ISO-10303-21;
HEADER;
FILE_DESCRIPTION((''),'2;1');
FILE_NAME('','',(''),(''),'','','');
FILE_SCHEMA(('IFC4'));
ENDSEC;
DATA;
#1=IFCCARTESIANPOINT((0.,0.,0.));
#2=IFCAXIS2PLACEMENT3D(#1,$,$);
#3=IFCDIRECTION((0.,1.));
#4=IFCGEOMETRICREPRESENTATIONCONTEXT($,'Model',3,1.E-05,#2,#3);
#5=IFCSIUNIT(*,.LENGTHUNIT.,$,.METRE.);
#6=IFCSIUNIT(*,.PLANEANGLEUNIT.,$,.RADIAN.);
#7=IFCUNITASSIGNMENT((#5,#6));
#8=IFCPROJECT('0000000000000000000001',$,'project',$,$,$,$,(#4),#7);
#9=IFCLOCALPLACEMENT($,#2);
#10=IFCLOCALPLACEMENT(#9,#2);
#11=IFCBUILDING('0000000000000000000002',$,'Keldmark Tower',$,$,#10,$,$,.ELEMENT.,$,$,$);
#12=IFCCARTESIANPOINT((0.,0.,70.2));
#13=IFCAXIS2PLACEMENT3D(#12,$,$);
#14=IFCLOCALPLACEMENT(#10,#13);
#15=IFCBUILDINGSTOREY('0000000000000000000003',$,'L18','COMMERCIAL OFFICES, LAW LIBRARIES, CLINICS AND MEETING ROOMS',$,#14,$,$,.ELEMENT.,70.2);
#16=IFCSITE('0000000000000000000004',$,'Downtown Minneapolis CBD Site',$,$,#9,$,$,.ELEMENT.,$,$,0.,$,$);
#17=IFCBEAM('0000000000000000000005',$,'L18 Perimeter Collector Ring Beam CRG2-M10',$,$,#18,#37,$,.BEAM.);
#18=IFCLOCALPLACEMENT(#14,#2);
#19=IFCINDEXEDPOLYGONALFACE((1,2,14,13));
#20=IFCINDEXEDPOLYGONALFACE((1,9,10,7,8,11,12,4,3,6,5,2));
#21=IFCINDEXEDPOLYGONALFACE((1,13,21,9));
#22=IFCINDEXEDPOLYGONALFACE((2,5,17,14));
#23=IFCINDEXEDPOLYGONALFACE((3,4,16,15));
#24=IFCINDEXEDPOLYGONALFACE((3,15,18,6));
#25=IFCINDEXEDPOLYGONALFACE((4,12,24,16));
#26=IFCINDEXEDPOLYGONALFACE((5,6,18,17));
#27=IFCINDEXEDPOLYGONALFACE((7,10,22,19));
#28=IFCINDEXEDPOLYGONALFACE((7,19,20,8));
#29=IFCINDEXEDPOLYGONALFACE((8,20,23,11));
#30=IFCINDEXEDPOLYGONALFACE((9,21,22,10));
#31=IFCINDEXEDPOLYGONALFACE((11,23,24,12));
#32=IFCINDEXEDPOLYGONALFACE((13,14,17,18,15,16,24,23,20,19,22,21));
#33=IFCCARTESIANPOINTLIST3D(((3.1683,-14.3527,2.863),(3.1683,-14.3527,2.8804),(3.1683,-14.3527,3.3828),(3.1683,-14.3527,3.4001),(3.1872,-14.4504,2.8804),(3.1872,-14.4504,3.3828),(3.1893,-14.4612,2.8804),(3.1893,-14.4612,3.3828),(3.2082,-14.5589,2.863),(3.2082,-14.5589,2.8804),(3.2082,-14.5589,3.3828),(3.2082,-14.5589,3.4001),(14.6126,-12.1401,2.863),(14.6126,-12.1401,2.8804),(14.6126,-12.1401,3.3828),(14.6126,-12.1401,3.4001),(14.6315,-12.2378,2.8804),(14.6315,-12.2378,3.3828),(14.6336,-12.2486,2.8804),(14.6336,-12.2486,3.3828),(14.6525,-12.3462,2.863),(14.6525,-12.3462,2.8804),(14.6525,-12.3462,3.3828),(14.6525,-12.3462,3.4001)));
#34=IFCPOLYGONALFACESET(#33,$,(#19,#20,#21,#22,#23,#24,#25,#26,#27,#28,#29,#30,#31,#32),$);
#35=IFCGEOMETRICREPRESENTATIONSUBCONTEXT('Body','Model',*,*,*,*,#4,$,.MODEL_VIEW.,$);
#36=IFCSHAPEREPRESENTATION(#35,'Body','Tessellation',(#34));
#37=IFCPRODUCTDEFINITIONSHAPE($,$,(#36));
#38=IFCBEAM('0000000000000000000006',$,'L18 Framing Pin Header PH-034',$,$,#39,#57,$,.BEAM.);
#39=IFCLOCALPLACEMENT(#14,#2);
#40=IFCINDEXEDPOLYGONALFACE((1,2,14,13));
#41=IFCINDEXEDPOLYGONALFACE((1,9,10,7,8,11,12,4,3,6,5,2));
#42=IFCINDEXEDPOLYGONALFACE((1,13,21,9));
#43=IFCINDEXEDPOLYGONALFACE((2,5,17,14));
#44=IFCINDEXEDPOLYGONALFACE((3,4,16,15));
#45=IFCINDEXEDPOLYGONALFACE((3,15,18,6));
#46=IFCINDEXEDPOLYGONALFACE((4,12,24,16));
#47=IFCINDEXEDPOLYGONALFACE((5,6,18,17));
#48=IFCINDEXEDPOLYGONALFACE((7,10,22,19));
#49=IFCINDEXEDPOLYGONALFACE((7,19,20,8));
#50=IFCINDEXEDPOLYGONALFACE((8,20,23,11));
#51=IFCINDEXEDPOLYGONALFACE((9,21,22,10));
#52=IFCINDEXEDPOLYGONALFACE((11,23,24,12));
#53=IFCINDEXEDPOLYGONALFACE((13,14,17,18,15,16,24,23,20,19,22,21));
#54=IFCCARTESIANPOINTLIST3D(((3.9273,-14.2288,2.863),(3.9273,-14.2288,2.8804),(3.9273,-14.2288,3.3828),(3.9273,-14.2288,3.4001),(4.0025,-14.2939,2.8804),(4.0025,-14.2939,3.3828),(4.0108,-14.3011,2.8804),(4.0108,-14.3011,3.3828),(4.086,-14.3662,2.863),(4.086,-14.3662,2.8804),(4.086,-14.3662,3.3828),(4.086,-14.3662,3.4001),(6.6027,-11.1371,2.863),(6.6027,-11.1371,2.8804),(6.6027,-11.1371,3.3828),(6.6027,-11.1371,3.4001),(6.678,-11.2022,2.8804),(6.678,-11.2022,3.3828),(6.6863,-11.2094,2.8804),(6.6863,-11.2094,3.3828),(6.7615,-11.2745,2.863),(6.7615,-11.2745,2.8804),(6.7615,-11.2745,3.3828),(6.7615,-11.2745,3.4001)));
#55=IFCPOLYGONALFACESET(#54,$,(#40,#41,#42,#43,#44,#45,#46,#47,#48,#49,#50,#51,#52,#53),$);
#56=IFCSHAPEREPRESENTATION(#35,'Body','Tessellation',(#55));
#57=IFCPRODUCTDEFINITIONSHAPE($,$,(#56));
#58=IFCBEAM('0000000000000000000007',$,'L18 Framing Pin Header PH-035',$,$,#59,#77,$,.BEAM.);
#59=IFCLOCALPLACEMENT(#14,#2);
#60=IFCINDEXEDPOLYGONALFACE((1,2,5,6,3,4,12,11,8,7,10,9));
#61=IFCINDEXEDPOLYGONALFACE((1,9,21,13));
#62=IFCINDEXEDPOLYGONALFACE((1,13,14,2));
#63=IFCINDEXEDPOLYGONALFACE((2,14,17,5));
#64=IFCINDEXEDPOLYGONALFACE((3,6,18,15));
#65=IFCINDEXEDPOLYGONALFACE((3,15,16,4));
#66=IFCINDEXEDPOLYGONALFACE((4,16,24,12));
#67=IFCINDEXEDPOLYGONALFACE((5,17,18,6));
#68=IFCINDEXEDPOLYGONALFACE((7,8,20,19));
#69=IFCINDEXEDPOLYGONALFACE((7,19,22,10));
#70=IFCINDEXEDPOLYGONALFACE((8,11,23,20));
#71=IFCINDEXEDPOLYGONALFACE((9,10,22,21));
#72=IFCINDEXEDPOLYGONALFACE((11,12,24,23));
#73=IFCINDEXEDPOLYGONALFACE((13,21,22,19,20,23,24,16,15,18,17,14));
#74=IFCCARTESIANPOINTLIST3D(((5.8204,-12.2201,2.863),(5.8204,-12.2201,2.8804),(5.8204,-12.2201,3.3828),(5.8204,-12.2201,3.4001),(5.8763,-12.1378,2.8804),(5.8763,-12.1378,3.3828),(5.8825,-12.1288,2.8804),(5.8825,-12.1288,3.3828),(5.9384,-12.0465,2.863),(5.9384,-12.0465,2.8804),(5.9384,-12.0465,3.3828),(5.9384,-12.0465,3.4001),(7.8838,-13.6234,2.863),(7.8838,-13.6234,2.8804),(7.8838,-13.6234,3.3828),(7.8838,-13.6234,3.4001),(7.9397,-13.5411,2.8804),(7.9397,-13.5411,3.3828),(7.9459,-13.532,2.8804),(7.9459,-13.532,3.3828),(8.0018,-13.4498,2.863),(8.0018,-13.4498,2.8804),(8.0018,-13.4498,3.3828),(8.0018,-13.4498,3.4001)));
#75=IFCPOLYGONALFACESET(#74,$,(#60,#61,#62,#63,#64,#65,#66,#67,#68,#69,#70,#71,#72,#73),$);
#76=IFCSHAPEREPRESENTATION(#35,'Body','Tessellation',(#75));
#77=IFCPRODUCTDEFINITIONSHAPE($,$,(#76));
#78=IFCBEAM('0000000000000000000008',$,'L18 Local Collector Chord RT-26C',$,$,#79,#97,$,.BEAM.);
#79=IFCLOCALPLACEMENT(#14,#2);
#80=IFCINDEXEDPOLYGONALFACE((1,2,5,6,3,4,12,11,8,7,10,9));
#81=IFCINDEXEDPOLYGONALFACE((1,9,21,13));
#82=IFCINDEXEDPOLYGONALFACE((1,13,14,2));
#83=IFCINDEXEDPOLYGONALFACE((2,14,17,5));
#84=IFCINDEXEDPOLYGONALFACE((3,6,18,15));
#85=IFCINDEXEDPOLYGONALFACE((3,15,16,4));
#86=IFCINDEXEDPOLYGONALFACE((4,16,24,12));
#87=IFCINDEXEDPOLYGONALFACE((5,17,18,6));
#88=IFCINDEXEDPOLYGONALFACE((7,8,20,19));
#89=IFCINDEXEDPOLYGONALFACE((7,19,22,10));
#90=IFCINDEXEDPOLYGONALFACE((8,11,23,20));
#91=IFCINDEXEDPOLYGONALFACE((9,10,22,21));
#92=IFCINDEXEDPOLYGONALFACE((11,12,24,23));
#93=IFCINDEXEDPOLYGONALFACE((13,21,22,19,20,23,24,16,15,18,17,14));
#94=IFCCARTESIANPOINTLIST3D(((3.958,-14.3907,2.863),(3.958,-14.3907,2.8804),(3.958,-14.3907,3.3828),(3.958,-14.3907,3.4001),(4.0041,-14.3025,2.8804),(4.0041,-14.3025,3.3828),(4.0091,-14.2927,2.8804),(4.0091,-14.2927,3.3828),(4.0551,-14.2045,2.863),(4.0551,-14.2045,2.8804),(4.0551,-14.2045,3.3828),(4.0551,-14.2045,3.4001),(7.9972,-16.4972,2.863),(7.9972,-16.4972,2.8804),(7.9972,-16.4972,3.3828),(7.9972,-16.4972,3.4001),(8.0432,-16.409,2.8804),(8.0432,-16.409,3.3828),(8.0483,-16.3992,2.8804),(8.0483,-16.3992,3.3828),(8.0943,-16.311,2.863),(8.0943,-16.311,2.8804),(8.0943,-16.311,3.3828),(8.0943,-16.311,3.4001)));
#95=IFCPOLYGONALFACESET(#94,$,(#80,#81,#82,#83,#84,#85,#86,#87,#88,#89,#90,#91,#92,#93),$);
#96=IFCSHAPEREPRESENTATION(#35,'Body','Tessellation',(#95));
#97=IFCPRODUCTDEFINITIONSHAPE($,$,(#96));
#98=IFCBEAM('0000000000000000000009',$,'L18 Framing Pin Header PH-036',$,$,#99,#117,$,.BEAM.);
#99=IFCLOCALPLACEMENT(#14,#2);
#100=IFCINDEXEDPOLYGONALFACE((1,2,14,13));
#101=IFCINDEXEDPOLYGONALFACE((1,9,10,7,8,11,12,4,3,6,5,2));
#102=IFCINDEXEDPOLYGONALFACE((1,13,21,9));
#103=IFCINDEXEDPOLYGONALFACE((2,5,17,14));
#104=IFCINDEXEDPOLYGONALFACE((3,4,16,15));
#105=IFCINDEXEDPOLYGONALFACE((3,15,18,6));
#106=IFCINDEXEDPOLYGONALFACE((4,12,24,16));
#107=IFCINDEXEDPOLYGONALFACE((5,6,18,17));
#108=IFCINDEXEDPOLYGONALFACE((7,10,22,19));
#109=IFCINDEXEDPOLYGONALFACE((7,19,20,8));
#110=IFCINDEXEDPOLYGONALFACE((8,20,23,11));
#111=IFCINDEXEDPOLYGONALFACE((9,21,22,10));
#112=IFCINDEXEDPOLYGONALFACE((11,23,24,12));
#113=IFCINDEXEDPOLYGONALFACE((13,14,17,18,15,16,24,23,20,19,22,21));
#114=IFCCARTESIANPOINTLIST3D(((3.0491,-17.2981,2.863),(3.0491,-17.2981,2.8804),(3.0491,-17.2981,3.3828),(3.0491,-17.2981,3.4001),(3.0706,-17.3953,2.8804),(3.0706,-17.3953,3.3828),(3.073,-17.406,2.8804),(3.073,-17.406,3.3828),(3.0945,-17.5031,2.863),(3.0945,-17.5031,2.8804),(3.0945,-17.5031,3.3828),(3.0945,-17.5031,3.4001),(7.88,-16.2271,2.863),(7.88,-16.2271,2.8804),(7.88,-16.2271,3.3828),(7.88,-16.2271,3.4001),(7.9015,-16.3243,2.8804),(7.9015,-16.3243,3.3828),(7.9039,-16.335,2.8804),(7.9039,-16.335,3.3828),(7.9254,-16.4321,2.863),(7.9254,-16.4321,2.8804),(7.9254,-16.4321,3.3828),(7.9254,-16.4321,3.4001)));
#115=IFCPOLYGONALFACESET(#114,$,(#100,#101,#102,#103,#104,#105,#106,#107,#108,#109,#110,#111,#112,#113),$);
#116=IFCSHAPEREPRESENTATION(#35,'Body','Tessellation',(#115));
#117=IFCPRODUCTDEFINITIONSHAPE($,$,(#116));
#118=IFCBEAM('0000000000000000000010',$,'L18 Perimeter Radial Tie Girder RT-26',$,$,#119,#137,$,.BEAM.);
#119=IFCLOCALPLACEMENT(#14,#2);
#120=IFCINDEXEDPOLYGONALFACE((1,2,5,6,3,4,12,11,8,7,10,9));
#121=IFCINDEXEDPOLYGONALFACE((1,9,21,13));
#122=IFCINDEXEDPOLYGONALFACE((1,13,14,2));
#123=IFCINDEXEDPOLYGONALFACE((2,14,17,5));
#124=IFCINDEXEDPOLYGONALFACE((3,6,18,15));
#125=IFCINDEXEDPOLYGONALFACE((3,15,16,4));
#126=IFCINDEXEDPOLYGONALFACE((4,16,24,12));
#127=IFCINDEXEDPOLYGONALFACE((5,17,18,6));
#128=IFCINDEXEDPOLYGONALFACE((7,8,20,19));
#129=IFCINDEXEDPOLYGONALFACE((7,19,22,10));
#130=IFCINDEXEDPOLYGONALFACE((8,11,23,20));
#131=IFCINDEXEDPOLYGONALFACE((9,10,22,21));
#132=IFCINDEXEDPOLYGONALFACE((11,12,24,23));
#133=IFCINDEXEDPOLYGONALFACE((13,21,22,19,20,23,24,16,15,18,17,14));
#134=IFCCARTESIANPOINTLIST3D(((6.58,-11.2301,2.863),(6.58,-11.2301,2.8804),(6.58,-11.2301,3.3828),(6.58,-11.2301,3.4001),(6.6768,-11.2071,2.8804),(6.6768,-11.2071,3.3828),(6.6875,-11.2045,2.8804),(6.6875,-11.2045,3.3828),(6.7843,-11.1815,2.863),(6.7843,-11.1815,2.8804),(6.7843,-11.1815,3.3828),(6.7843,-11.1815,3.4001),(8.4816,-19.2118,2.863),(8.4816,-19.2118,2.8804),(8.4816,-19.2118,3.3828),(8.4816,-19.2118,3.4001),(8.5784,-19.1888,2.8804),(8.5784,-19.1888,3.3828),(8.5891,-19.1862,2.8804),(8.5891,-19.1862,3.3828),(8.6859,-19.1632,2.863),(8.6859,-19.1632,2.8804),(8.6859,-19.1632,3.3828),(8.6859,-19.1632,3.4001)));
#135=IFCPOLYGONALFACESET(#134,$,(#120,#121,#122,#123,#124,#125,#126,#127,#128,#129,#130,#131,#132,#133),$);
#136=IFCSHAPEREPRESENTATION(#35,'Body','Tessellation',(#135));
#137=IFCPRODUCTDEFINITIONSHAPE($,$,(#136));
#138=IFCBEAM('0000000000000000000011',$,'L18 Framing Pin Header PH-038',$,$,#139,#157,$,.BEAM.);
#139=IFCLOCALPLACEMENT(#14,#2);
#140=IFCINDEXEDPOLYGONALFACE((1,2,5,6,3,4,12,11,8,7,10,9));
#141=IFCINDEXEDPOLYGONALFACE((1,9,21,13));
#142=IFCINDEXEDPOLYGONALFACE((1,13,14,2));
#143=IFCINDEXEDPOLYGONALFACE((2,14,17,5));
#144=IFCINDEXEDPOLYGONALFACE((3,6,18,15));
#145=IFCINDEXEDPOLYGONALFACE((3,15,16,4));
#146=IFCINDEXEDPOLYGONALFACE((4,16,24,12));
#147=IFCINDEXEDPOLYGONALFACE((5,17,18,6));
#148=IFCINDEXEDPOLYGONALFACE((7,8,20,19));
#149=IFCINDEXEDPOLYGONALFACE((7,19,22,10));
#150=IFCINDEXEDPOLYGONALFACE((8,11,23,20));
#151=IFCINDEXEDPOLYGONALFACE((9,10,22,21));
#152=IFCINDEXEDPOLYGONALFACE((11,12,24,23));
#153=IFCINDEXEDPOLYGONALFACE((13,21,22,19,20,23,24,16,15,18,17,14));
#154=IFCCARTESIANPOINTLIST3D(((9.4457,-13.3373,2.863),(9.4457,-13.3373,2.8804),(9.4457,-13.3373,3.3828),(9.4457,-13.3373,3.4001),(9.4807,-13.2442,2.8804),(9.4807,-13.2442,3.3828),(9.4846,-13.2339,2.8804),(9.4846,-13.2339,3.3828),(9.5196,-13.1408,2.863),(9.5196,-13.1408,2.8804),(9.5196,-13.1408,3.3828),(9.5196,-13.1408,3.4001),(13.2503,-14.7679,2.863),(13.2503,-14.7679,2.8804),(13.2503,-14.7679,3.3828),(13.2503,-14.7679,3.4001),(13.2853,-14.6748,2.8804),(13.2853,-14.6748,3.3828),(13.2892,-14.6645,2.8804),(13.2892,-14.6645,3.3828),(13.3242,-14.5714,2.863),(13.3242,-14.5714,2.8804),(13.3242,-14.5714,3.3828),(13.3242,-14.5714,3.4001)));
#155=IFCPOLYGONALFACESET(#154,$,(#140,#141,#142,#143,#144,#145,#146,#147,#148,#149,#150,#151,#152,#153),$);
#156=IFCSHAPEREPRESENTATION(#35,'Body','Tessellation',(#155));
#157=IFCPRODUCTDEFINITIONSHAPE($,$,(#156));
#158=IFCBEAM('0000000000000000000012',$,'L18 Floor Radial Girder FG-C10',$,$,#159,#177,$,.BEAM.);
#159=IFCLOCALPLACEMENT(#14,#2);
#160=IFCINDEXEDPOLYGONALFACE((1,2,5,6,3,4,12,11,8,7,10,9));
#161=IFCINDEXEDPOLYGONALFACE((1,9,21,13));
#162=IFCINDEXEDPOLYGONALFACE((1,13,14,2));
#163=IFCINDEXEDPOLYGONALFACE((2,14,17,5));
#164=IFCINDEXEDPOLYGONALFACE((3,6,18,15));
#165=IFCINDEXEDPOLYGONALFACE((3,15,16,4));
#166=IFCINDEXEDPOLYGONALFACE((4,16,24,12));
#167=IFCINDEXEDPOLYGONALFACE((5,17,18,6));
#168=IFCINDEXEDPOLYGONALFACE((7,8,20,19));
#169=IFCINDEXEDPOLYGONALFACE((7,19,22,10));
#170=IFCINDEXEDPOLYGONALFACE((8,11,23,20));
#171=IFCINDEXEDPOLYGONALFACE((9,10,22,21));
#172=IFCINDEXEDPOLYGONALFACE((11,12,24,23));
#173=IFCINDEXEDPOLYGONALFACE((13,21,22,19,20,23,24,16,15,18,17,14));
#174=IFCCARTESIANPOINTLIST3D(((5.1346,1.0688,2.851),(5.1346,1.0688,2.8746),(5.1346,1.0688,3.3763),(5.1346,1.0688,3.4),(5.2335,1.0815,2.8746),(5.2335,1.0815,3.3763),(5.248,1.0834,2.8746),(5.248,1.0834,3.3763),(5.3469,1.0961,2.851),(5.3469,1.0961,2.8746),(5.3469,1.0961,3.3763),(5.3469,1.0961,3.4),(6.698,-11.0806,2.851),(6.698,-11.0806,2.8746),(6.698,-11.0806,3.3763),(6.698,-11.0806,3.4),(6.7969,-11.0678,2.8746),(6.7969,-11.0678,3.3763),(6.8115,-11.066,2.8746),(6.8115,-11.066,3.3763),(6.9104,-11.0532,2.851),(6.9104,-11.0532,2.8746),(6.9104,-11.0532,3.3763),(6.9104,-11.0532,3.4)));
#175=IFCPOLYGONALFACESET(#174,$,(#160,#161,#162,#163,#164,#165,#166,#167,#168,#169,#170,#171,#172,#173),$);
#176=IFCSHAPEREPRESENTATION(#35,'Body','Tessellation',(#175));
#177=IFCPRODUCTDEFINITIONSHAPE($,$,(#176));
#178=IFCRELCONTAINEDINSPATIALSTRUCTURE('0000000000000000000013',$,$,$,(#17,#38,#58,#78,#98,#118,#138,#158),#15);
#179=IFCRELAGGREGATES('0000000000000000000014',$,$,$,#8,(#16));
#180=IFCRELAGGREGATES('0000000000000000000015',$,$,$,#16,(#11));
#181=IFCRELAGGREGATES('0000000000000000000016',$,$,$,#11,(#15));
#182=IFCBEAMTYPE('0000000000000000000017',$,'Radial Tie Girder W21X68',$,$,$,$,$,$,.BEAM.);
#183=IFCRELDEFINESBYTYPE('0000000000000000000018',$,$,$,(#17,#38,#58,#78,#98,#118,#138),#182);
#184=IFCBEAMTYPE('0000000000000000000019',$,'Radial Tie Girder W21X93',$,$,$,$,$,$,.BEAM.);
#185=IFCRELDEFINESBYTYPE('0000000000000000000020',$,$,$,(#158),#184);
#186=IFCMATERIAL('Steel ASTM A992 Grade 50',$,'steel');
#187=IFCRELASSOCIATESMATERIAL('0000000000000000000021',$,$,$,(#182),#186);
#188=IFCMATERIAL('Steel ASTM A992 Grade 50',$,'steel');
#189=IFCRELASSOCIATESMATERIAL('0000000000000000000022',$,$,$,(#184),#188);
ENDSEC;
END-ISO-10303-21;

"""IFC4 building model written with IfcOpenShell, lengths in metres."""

from ifc_helpers import new_model, si_unit, direction, frame, origin, origin_2d, place, context, subcontext, project, spatial, i_section, extrude, material, material_profile, profile_set, type_object, element, save


model = new_model("IFC4")

# Units and contexts
model_context = context("Model", 3, precision=1e-05, world=origin(), true_north=direction((0.0, 1.0)))
body_context = subcontext(model_context, "Body", "Model", "MODEL_VIEW")
ifc_project = project(units=[si_unit("LENGTHUNIT", "METRE"), si_unit("PLANEANGLEUNIT", "RADIAN")], contexts=[model_context])

# Site, building, storey
site_placement = place(None, origin())
site = spatial("IfcSite", under=ifc_project, at=site_placement, Name="Downtown Minneapolis CBD Site", CompositionType="ELEMENT", RefElevation=0.0)
building_placement = place(site_placement, origin())
building = spatial("IfcBuilding", under=site, at=building_placement, Name="Keldmark Tower", CompositionType="ELEMENT")
storey_placement = place(building_placement, frame((0.0, 0.0, 70.2)))
storey = spatial("IfcBuildingStorey", under=building, at=storey_placement, Name="L18", Description="COMMERCIAL OFFICES, LAW LIBRARIES, CLINICS AND MEETING ROOMS", CompositionType="ELEMENT", Elevation=70.2)

# Beams
ifc_material_1 = material(Name="Steel ASTM A992 Grade 50", Category="steel")
ifc_material_profile_1 = material_profile(ifc_material_1, i_section(OverallWidth=0.21, OverallDepth=0.5371, WebThickness=0.011, FlangeThickness=0.0173, at=origin_2d()), Name="W21X68")
ifc_profile_set_1 = profile_set([ifc_material_profile_1], Name="Steel ASTM A992 Grade 50")
beam_type_1 = type_object("IfcBeamType", Name="Radial Tie Girder W21X68", PredefinedType="BEAM", material=ifc_profile_set_1)
beam_1_placement = place(storey_placement, frame((3.1882, -14.4558, 3.1316), z_axis=(0.981818, 0.189825, 0.0), x_axis=(-0.189825, 0.981818, 0.0)))
element("IfcBeam", 1, at=beam_1_placement, inside=storey, type_object=beam_type_1, Name="L18 Perimeter Collector Ring Beam CRG2-M10", PredefinedType="BEAM", context=body_context, shape_type="SweptSolid", body=[
    extrude(i_section(OverallWidth=0.21, OverallDepth=0.5371, WebThickness=0.011, FlangeThickness=0.0173, at=origin_2d()), origin(), (0.0, 0.0, 1.0), 11.6562),
])
beam_2_placement = place(storey_placement, frame((6.6821, -11.2058, 3.1316), z_axis=(-0.654369, -0.756176, 0.0), x_axis=(0.756176, -0.654369, 0.0)))
element("IfcBeam", 2, at=beam_2_placement, inside=storey, type_object=beam_type_1, Name="L18 Framing Pin Header PH-034", PredefinedType="BEAM", context=body_context, shape_type="SweptSolid", body=[
    extrude(i_section(OverallWidth=0.21, OverallDepth=0.5371, WebThickness=0.011, FlangeThickness=0.0173, at=origin_2d()), origin(), (0.0, 0.0, 1.0), 4.0886),
])
beam_3_placement = place(storey_placement, frame((5.8794, -12.1333, 3.1316), z_axis=(0.826897, -0.562353, 0.0), x_axis=(0.562353, 0.826897, 0.0)))
element("IfcBeam", 3, at=beam_3_placement, inside=storey, type_object=beam_type_1, Name="L18 Framing Pin Header PH-035", PredefinedType="BEAM", context=body_context, shape_type="SweptSolid", body=[
    extrude(i_section(OverallWidth=0.21, OverallDepth=0.5371, WebThickness=0.011, FlangeThickness=0.0173, at=origin_2d()), origin(), (0.0, 0.0, 1.0), 2.4954),
])
beam_4_placement = place(storey_placement, frame((4.0066, -14.2976, 3.1316), z_axis=(0.886665, -0.462412, 0.0), x_axis=(0.462412, 0.886665, 0.0)))
element("IfcBeam", 4, at=beam_4_placement, inside=storey, type_object=beam_type_1, Name="L18 Local Collector Chord RT-26C", PredefinedType="BEAM", context=body_context, shape_type="SweptSolid", body=[
    extrude(i_section(OverallWidth=0.21, OverallDepth=0.5371, WebThickness=0.011, FlangeThickness=0.0173, at=origin_2d()), origin(), (0.0, 0.0, 1.0), 4.5554),
])
beam_5_placement = place(storey_placement, frame((3.0718, -17.4006, 3.1316), z_axis=(0.976295, 0.216445, 0.0), x_axis=(-0.216445, 0.976295, 0.0)))
element("IfcBeam", 5, at=beam_5_placement, inside=storey, type_object=beam_type_1, Name="L18 Framing Pin Header PH-036", PredefinedType="BEAM", context=body_context, shape_type="SweptSolid", body=[
    extrude(i_section(OverallWidth=0.21, OverallDepth=0.5371, WebThickness=0.011, FlangeThickness=0.0173, at=origin_2d()), origin(), (0.0, 0.0, 1.0), 4.9482),
])
beam_6_placement = place(storey_placement, frame((6.6821, -11.2058, 3.1316), z_axis=(0.23176, -0.972773, 0.0), x_axis=(0.972773, 0.23176, 0.0)))
element("IfcBeam", 6, at=beam_6_placement, inside=storey, type_object=beam_type_1, Name="L18 Perimeter Radial Tie Girder RT-26", PredefinedType="BEAM", context=body_context, shape_type="SweptSolid", body=[
    extrude(i_section(OverallWidth=0.21, OverallDepth=0.5371, WebThickness=0.011, FlangeThickness=0.0173, at=origin_2d()), origin(), (0.0, 0.0, 1.0), 8.2051),
])
beam_7_placement = place(storey_placement, frame((9.4827, -13.239, 3.1316), z_axis=(0.936013, -0.351966, 0.0), x_axis=(0.351966, 0.936013, 0.0)))
element("IfcBeam", 7, at=beam_7_placement, inside=storey, type_object=beam_type_1, Name="L18 Framing Pin Header PH-038", PredefinedType="BEAM", context=body_context, shape_type="SweptSolid", body=[
    extrude(i_section(OverallWidth=0.21, OverallDepth=0.5371, WebThickness=0.011, FlangeThickness=0.0173, at=origin_2d()), origin(), (0.0, 0.0, 1.0), 4.0647),
])
ifc_material_2 = material(Name="Steel ASTM A992 Grade 50", Category="steel")
ifc_material_profile_2 = material_profile(ifc_material_2, i_section(OverallWidth=0.2141, OverallDepth=0.5491, WebThickness=0.0146, FlangeThickness=0.0237, at=origin_2d()), Name="W21X93")
ifc_profile_set_2 = profile_set([ifc_material_profile_2], Name="Steel ASTM A992 Grade 50")
beam_type_2 = type_object("IfcBeamType", Name="Radial Tie Girder W21X93", PredefinedType="BEAM", material=ifc_profile_set_2)
beam_8_placement = place(storey_placement, frame((6.8042, -11.0669, 3.1255), z_axis=(-0.127635, 0.991821, 0.0), x_axis=(-0.991821, -0.127635, 0.0)))
element("IfcBeam", 8, at=beam_8_placement, inside=storey, type_object=beam_type_2, Name="L18 Floor Radial Girder FG-C10", PredefinedType="BEAM", context=body_context, shape_type="SweptSolid", body=[
    extrude(i_section(OverallWidth=0.2141, OverallDepth=0.5491, WebThickness=0.0146, FlangeThickness=0.0237, at=origin_2d()), origin(), (0.0, 0.0, 1.0), 12.2495),
])

save(model, "model.ifc")
